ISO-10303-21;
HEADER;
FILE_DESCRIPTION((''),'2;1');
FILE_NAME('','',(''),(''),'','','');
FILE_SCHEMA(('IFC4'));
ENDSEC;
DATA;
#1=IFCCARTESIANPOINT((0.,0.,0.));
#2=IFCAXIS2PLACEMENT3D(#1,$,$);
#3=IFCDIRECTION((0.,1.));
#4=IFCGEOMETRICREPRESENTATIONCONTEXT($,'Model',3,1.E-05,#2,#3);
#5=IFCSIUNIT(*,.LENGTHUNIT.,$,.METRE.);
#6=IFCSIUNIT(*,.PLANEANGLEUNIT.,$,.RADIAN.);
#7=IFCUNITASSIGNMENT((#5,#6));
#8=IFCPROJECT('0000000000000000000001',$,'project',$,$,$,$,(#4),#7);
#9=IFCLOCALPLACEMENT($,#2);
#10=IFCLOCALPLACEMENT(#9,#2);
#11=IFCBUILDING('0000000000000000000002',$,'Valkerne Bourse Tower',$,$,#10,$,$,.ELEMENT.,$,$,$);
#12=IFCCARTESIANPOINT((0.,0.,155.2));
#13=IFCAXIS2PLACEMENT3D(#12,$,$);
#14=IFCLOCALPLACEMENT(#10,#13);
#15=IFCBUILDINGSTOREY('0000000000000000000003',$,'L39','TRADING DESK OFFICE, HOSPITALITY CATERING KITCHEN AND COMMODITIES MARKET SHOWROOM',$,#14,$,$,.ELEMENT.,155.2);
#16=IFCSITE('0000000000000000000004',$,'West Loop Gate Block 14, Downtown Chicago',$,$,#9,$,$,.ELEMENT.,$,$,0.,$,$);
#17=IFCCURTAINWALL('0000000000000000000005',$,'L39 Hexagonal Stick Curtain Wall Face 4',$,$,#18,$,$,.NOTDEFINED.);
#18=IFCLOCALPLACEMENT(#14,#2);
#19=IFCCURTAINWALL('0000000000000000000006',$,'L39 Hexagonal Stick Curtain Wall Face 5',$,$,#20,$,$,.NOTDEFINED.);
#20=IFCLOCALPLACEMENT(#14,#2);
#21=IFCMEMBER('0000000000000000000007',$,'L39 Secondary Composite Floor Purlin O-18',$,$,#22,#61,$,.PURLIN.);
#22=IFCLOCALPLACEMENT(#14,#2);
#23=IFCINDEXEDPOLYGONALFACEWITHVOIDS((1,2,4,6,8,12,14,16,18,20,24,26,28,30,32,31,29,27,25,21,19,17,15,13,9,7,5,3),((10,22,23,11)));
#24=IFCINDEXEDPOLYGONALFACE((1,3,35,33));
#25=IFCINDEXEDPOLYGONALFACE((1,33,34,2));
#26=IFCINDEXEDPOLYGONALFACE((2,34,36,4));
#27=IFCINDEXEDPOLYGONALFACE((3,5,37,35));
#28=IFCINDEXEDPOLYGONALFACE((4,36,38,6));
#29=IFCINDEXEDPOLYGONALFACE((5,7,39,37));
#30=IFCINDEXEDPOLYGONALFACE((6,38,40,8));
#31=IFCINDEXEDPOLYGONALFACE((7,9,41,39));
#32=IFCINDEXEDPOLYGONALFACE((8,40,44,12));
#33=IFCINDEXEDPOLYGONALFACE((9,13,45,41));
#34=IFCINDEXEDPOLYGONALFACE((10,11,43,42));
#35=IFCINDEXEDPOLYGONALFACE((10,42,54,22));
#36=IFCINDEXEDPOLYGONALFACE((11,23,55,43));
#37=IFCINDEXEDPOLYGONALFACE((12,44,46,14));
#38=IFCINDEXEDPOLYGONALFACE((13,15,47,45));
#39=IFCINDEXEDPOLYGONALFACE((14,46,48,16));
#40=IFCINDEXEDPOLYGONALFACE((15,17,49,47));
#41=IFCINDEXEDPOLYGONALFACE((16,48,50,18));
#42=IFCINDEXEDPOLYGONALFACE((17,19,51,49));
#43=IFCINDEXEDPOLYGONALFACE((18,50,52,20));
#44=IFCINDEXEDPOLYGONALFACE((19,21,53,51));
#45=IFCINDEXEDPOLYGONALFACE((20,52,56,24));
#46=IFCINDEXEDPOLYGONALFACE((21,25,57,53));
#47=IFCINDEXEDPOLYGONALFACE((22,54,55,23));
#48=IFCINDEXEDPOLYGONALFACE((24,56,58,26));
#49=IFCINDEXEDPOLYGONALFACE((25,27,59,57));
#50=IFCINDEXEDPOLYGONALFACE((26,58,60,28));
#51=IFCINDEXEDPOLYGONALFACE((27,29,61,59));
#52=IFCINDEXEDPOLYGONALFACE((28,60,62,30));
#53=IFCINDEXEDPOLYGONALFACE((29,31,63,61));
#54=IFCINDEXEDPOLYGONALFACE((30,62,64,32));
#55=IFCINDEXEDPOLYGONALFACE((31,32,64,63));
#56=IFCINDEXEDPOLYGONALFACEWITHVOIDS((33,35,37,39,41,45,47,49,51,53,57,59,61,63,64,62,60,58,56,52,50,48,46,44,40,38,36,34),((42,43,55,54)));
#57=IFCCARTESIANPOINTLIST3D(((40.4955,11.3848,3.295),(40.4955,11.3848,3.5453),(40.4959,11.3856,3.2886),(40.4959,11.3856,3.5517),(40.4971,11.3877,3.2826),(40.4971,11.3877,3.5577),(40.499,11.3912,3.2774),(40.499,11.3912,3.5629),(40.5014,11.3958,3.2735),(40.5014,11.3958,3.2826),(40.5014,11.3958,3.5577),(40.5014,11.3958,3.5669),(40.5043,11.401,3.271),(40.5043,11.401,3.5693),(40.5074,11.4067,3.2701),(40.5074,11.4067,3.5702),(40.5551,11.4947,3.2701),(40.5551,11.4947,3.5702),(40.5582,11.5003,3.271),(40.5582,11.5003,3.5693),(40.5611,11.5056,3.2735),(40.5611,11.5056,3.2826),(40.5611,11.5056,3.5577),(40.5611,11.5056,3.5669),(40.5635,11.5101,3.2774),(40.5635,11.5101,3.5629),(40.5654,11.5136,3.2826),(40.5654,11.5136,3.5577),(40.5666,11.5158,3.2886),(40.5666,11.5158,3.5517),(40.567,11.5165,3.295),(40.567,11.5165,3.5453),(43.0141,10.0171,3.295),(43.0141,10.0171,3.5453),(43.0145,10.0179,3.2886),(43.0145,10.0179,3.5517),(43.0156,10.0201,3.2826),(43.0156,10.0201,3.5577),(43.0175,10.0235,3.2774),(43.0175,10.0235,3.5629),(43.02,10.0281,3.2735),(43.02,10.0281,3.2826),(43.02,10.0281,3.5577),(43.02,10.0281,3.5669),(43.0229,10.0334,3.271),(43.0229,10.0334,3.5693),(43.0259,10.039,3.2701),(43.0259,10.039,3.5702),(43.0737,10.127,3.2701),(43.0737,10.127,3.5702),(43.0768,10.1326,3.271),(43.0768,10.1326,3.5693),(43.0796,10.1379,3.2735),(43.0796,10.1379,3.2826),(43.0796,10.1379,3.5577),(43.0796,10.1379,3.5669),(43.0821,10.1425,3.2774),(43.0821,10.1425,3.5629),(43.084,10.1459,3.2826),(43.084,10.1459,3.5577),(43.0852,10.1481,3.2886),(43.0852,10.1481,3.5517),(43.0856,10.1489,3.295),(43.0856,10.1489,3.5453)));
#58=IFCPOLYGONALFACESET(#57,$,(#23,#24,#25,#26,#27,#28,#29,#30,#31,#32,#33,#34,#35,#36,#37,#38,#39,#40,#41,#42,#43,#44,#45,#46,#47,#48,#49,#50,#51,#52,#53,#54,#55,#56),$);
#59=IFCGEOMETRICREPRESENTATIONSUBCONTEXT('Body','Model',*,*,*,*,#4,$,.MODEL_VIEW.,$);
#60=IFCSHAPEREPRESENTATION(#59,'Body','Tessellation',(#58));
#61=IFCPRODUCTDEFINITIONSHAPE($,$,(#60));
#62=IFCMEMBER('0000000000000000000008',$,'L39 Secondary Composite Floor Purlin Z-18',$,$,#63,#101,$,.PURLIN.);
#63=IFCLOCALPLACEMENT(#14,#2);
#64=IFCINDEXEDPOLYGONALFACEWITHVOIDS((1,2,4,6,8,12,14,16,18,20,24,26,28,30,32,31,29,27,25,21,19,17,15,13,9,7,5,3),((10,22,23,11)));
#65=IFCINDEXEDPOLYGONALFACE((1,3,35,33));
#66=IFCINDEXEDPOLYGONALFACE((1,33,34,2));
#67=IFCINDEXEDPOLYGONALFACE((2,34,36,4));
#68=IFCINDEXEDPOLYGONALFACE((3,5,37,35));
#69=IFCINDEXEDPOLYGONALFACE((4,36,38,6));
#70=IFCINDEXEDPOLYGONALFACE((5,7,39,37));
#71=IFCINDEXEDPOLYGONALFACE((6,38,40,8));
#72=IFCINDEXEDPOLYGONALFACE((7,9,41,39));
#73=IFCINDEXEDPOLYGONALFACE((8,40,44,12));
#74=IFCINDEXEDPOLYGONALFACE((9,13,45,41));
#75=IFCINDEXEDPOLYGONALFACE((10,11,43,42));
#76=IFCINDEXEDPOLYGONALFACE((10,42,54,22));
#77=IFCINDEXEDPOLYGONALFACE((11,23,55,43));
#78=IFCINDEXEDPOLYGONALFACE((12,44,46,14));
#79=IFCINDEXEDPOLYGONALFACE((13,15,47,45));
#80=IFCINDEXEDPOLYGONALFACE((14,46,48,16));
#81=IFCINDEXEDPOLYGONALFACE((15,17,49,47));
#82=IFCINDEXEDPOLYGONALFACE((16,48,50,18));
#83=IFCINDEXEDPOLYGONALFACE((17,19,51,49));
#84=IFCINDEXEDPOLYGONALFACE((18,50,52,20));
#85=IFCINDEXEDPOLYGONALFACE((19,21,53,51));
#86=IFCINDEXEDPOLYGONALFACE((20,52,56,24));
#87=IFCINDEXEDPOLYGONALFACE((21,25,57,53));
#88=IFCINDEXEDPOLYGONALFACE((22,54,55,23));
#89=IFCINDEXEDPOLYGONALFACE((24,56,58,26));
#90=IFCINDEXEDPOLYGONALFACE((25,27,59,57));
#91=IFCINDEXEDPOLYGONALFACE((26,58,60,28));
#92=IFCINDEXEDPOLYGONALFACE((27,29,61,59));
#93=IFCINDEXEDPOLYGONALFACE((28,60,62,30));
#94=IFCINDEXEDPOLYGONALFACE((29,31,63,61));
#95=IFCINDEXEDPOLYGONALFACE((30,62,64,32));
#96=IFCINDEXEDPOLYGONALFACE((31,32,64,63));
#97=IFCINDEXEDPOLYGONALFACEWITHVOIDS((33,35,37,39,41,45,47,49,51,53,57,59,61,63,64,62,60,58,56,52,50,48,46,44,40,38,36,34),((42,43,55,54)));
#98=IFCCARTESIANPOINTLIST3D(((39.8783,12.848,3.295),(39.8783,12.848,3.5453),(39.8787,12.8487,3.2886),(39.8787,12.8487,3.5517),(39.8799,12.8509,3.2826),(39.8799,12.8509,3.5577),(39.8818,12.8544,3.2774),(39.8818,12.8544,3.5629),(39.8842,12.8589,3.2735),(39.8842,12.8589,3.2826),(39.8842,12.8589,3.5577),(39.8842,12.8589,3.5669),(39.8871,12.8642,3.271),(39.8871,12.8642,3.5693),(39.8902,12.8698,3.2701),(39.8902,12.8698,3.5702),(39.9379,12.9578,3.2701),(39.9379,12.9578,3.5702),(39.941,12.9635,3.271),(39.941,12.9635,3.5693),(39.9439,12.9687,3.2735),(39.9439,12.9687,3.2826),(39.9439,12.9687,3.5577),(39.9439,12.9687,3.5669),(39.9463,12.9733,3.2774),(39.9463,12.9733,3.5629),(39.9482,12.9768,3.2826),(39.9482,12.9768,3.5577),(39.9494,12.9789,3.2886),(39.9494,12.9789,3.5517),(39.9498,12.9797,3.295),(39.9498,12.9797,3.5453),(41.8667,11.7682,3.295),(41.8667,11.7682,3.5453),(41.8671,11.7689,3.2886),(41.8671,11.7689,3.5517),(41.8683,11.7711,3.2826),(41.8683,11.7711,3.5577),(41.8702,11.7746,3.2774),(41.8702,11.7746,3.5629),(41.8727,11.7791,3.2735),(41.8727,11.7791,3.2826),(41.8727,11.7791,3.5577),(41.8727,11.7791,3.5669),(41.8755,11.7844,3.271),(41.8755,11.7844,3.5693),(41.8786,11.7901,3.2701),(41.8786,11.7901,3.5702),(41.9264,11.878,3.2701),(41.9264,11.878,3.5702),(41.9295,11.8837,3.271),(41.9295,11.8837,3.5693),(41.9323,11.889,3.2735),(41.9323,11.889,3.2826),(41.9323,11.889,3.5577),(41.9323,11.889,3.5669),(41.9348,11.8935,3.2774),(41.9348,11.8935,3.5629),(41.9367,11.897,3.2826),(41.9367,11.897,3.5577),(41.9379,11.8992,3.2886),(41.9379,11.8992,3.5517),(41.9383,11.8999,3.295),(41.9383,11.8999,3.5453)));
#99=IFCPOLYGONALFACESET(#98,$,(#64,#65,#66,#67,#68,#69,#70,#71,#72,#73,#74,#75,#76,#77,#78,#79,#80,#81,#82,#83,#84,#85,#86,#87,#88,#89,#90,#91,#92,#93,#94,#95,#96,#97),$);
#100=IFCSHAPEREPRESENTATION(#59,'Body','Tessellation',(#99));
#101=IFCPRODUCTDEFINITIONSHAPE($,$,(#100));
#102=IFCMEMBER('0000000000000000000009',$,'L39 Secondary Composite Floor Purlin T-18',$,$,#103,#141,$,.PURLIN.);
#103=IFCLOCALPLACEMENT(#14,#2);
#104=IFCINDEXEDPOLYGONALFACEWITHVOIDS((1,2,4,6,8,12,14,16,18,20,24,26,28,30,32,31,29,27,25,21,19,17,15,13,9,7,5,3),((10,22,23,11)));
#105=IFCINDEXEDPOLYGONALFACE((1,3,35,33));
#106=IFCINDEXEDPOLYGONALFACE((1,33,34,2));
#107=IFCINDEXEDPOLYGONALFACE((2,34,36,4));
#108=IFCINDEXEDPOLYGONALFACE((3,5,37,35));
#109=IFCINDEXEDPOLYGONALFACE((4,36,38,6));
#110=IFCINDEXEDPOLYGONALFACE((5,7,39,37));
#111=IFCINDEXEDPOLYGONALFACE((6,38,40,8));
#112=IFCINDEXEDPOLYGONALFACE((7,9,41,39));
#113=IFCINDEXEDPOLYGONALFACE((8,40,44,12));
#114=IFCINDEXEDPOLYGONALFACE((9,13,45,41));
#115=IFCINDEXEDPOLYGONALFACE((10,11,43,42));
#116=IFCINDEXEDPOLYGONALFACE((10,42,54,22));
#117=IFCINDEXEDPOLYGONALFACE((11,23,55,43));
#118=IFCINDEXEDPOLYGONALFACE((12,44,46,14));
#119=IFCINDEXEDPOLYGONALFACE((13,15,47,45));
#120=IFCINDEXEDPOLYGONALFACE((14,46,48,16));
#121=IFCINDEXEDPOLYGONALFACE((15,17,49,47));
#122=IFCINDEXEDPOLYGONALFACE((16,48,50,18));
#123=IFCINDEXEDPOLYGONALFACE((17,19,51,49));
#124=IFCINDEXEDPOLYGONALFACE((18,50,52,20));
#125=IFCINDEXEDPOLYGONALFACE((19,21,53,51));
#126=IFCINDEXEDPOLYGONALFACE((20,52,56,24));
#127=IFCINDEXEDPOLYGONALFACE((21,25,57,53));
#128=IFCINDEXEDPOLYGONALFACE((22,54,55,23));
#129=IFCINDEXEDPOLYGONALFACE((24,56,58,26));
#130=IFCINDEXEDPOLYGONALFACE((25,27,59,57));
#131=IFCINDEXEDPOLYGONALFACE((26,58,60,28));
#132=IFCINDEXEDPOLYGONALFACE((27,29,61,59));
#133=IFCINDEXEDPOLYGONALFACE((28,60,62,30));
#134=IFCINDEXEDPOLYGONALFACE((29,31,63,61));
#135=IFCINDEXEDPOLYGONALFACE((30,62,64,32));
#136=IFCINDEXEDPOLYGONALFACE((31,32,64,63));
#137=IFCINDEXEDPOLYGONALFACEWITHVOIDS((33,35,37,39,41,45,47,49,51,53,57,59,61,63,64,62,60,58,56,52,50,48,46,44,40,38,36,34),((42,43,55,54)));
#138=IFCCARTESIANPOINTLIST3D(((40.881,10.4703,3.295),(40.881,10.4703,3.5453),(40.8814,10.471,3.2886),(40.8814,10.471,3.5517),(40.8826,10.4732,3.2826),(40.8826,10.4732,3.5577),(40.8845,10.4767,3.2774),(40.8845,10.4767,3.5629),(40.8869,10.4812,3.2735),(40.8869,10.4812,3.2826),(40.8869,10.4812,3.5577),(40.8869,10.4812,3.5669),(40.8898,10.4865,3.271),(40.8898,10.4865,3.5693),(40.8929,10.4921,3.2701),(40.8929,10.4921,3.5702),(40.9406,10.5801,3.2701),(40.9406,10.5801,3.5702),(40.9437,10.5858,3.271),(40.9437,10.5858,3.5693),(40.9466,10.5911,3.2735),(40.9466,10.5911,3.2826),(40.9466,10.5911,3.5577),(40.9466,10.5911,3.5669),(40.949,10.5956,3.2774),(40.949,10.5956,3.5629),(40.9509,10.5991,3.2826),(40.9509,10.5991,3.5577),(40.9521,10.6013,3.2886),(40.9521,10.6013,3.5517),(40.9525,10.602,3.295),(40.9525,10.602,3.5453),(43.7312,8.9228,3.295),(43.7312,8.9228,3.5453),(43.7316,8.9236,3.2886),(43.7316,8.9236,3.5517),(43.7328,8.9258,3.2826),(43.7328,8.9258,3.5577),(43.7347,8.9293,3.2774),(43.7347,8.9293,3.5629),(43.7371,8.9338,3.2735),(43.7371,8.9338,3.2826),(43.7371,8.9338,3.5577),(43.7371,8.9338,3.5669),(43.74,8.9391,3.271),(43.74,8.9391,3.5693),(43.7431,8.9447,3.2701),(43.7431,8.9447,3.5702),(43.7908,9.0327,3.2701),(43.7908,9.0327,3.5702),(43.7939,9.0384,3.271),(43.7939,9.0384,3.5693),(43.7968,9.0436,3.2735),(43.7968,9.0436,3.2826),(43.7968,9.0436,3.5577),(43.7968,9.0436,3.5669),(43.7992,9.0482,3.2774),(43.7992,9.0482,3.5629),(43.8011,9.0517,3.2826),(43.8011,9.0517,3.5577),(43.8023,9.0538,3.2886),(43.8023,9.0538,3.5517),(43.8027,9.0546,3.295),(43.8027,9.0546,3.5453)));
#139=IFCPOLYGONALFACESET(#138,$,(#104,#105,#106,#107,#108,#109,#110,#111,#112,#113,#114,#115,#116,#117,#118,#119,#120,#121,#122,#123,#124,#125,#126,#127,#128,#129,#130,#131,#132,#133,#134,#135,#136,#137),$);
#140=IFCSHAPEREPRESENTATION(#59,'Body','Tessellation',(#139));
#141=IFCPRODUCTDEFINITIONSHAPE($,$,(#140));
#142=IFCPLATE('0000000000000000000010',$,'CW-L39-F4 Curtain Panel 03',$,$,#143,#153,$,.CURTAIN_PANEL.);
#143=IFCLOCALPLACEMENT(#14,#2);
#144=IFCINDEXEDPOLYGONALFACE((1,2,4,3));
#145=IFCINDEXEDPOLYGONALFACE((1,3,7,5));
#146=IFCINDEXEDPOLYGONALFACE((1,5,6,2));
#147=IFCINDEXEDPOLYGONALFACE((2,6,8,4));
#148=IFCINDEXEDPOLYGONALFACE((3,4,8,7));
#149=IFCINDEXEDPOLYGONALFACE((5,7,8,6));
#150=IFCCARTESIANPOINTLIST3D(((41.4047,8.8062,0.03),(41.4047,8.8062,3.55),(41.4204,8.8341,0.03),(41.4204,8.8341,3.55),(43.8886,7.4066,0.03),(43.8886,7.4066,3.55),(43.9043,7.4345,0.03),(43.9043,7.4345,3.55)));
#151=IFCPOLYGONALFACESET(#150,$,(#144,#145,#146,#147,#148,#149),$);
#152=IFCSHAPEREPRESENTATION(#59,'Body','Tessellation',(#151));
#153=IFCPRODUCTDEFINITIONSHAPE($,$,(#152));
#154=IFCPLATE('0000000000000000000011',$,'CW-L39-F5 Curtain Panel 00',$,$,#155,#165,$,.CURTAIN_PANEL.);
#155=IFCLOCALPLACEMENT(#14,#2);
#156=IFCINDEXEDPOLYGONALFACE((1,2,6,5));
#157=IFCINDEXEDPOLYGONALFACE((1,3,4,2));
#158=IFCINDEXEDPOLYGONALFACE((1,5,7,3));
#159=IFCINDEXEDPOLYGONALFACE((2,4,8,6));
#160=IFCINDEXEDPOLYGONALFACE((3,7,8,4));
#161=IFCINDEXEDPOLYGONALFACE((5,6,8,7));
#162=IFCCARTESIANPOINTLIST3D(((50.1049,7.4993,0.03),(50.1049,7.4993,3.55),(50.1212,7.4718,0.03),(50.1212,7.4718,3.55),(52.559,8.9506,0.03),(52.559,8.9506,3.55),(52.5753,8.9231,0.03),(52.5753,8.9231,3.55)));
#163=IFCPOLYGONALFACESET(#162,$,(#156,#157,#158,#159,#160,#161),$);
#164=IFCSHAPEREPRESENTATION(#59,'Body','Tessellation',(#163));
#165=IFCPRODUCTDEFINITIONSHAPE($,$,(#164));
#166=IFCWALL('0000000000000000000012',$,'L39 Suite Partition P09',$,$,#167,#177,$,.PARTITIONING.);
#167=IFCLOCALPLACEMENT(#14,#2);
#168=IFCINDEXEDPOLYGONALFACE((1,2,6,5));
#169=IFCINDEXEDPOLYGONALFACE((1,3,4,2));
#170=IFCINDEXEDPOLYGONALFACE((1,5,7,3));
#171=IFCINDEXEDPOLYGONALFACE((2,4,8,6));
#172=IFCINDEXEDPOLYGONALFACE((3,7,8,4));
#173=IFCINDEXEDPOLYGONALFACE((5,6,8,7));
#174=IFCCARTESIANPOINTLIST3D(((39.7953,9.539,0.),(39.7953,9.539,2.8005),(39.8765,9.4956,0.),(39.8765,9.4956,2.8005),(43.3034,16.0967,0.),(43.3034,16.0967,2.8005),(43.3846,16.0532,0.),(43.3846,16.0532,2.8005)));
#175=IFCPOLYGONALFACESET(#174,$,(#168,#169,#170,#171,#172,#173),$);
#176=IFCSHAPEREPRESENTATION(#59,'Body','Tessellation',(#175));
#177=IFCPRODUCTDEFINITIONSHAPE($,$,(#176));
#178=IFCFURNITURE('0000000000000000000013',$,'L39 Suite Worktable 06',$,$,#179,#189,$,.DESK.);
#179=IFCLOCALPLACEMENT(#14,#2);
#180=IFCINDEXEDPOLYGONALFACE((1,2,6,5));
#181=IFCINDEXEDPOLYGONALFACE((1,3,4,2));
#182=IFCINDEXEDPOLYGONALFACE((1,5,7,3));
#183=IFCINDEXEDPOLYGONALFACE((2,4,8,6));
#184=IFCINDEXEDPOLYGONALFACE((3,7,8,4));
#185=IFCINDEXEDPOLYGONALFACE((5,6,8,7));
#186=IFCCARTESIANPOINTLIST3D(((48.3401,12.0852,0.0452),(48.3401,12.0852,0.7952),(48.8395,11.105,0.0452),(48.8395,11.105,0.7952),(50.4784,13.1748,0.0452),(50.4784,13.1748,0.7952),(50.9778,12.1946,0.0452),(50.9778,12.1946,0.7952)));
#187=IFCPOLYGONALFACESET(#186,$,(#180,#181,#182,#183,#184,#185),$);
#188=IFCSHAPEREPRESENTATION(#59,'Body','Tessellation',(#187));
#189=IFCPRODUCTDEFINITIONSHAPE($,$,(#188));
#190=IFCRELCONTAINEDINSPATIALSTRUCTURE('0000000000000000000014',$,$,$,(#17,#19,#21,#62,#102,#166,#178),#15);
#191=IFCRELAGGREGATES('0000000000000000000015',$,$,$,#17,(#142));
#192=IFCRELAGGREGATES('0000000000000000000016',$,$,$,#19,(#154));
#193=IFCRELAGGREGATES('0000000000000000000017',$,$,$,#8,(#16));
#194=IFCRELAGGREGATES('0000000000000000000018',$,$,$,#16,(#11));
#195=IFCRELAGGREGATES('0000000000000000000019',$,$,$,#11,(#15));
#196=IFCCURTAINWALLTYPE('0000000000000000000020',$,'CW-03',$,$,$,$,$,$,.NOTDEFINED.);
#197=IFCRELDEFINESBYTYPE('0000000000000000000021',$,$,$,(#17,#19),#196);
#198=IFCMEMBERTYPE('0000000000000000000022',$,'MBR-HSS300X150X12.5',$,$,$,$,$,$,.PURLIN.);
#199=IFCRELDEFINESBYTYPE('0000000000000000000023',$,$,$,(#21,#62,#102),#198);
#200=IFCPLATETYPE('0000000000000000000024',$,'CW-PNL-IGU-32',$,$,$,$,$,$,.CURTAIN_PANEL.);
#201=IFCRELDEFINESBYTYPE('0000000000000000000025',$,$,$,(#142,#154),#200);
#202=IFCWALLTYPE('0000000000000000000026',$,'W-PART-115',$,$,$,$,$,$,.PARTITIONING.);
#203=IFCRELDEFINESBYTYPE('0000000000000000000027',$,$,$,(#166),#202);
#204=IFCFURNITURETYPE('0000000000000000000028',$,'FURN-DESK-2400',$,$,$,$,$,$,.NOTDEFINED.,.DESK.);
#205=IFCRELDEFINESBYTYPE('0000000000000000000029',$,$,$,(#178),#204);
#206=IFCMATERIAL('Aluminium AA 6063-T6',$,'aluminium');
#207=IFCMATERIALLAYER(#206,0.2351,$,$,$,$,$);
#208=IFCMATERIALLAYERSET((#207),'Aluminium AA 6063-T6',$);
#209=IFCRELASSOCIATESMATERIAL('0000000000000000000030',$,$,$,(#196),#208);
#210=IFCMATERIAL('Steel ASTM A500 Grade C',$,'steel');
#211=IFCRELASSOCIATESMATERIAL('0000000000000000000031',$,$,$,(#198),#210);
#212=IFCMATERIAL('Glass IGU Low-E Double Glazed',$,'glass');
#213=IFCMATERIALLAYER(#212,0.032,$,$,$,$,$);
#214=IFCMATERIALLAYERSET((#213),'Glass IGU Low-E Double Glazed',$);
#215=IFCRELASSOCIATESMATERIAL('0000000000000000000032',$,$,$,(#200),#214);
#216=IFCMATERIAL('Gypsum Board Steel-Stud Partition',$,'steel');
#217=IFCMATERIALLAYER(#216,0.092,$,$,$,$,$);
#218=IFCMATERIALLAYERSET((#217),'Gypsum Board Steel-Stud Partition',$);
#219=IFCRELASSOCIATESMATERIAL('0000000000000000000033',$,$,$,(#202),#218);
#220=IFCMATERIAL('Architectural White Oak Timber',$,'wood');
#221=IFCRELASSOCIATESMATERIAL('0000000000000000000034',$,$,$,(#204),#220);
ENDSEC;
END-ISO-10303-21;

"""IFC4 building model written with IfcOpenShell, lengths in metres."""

from ifc_helpers import new_model, si_unit, direction, frame, frame_2d, origin, origin_2d, place, context, subcontext, project, spatial, rectangle, hollow_rectangle, extrude, material, layer, layer_set, material_profile, profile_set, type_object, element, aggregate, save


model = new_model("IFC4")

# Units and contexts
model_context = context("Model", 3, precision=1e-05, world=origin(), true_north=direction((0.0, 1.0)))
body_context = subcontext(model_context, "Body", "Model", "MODEL_VIEW")
ifc_project = project(units=[si_unit("LENGTHUNIT", "METRE"), si_unit("PLANEANGLEUNIT", "RADIAN")], contexts=[model_context])

# Site, building, storey
site_placement = place(None, origin())
site = spatial("IfcSite", under=ifc_project, at=site_placement, Name="West Loop Gate Block 14, Downtown Chicago", CompositionType="ELEMENT", RefElevation=0.0)
building_placement = place(site_placement, origin())
building = spatial("IfcBuilding", under=site, at=building_placement, Name="Valkerne Bourse Tower", CompositionType="ELEMENT")
storey_placement = place(building_placement, frame((0.0, 0.0, 155.2)))
storey = spatial("IfcBuildingStorey", under=building, at=storey_placement, Name="L39", Description="TRADING DESK OFFICE, HOSPITALITY CATERING KITCHEN AND COMMODITIES MARKET SHOWROOM", CompositionType="ELEMENT", Elevation=155.2)

# Curtain walls
ifc_material_1 = material(Name="Aluminium AA 6063-T6", Category="aluminium")
ifc_layer_1 = layer(ifc_material_1, 0.2351)
ifc_layer_set_1 = layer_set([ifc_layer_1], Name="Aluminium AA 6063-T6")
curtain_wall_type = type_object("IfcCurtainWallType", Name="CW-03", PredefinedType="NOTDEFINED", material=ifc_layer_set_1)
curtain_wall_1_placement = place(storey_placement, origin())
curtain_wall_1 = element("IfcCurtainWall", 1, at=curtain_wall_1_placement, inside=storey, type_object=curtain_wall_type, Name="L39 Hexagonal Stick Curtain Wall Face 4", PredefinedType="NOTDEFINED")
curtain_wall_2_placement = place(storey_placement, origin())
curtain_wall_2 = element("IfcCurtainWall", 2, at=curtain_wall_2_placement, inside=storey, type_object=curtain_wall_type, Name="L39 Hexagonal Stick Curtain Wall Face 5", PredefinedType="NOTDEFINED")

# Members
ifc_material_2 = material(Name="Steel ASTM A500 Grade C", Category="steel")
ifc_material_profile_1 = material_profile(ifc_material_2, hollow_rectangle(XDim=0.1499, YDim=0.3, WallThickness=0.0125, OuterFilletRadius=0.0249, at=origin_2d()), Name="HSS300X150X12.5")
ifc_profile_set_1 = profile_set([ifc_material_profile_1], Name="Steel ASTM A500 Grade C")
member_type_1 = type_object("IfcMemberType", Name="MBR-HSS300X150X12.5", PredefinedType="PURLIN", material=ifc_profile_set_1)
member_1_placement = place(storey_placement, frame((40.5312, 11.4507, 3.4202), z_axis=(0.878786, -0.477216, 0.0), x_axis=(0.477216, 0.878786, 0.0)))
element("IfcMember", 3, at=member_1_placement, inside=storey, type_object=member_type_1, Name="L39 Secondary Composite Floor Purlin O-18", PredefinedType="PURLIN", context=body_context, shape_type="SweptSolid", body=[
    extrude(hollow_rectangle(XDim=0.1499, YDim=0.3, WallThickness=0.0125, OuterFilletRadius=0.0249, at=origin_2d()), origin(), (0.0, 0.0, 1.0), 2.866),
])
member_2_placement = place(storey_placement, frame((39.9141, 12.9138, 3.4202), z_axis=(0.878789, -0.477211, 0.0), x_axis=(0.477211, 0.878789, 0.0)))
element("IfcMember", 4, at=member_2_placement, inside=storey, type_object=member_type_1, Name="L39 Secondary Composite Floor Purlin Z-18", PredefinedType="PURLIN", context=body_context, shape_type="SweptSolid", body=[
    extrude(hollow_rectangle(XDim=0.1499, YDim=0.3, WallThickness=0.0125, OuterFilletRadius=0.0249, at=origin_2d()), origin(), (0.0, 0.0, 1.0), 2.2627),
])
member_3_placement = place(storey_placement, frame((40.9167, 10.5361, 3.4202), z_axis=(0.878832, -0.477132, 0.0), x_axis=(0.477132, 0.878832, 0.0)))
element("IfcMember", 5, at=member_3_placement, inside=storey, type_object=member_type_1, Name="L39 Secondary Composite Floor Purlin T-18", PredefinedType="PURLIN", context=body_context, shape_type="SweptSolid", body=[
    extrude(hollow_rectangle(XDim=0.1499, YDim=0.3, WallThickness=0.0125, OuterFilletRadius=0.0249, at=origin_2d()), origin(), (0.0, 0.0, 1.0), 3.2432),
])

# Plates
ifc_material_3 = material(Name="Glass IGU Low-E Double Glazed", Category="glass")
ifc_layer_2 = layer(ifc_material_3, 0.032)
ifc_layer_set_2 = layer_set([ifc_layer_2], Name="Glass IGU Low-E Double Glazed")
plate_type = type_object("IfcPlateType", Name="CW-PNL-IGU-32", PredefinedType="CURTAIN_PANEL", material=ifc_layer_set_2)
plate_1_placement = place(storey_placement, frame((42.6545, 8.1204, 0.03), z_axis=(0.0, 0.0, 1.0), x_axis=(0.871211, -0.49091, 0.0)))
plate_1 = element("IfcPlate", 6, at=plate_1_placement, type_object=plate_type, Name="CW-L39-F4 Curtain Panel 03", PredefinedType="CURTAIN_PANEL", context=body_context, shape_type="SweptSolid", body=[
    extrude(rectangle(XDim=2.8511, YDim=0.032, at=origin_2d()), origin(), (0.0, 0.0, 1.0), 3.52),
])
aggregate(curtain_wall_1, [plate_1])
plate_2_placement = place(storey_placement, frame((51.3401, 8.2112, 0.03), z_axis=(0.0, 0.0, 1.0), x_axis=(0.860744, 0.509038, 0.0)))
plate_2 = element("IfcPlate", 7, at=plate_2_placement, type_object=plate_type, Name="CW-L39-F5 Curtain Panel 00", PredefinedType="CURTAIN_PANEL", context=body_context, shape_type="SweptSolid", body=[
    extrude(rectangle(XDim=2.8511, YDim=0.032, at=origin_2d()), origin(), (0.0, 0.0, 1.0), 3.52),
])
aggregate(curtain_wall_2, [plate_2])

# Wall
ifc_material_4 = material(Name="Gypsum Board Steel-Stud Partition", Category="steel")
ifc_layer_3 = layer(ifc_material_4, 0.092)
ifc_layer_set_3 = layer_set([ifc_layer_3], Name="Gypsum Board Steel-Stud Partition")
wall_type = type_object("IfcWallType", Name="W-PART-115", PredefinedType="PARTITIONING", material=ifc_layer_set_3)
wall_placement = place(storey_placement, frame((43.344, 16.075, 0.0), z_axis=(0.0, 0.0, 1.0), x_axis=(-0.471704, -0.881757, 0.0)))
element("IfcWall", 8, at=wall_placement, inside=storey, type_object=wall_type, Name="L39 Suite Partition P09", PredefinedType="PARTITIONING", context=body_context, shape_type="SweptSolid", body=[
    extrude(rectangle(XDim=7.437, YDim=0.092, at=frame_2d((3.7185, 0.0))), origin(), (0.0, 0.0, 1.0), 2.8005),
])

# Furniture
ifc_material_5 = material(Name="Architectural White Oak Timber", Category="wood")
furniture_type = type_object("IfcFurnitureType", Name="FURN-DESK-2400", AssemblyPlace="NOTDEFINED", PredefinedType="DESK", material=ifc_material_5)
furniture_placement = place(storey_placement, frame((49.6589, 12.1399, 0.0452), z_axis=(0.0, 0.0, 1.0), x_axis=(0.891007, 0.45399, 0.0)))
element("IfcFurniture", 9, at=furniture_placement, inside=storey, type_object=furniture_type, Name="L39 Suite Worktable 06", PredefinedType="DESK", context=body_context, shape_type="SweptSolid", body=[
    extrude(rectangle(XDim=2.3999, YDim=1.1001, at=origin_2d()), origin(), (0.0, 0.0, 1.0), 0.75),
])

save(model, "model.ifc")
